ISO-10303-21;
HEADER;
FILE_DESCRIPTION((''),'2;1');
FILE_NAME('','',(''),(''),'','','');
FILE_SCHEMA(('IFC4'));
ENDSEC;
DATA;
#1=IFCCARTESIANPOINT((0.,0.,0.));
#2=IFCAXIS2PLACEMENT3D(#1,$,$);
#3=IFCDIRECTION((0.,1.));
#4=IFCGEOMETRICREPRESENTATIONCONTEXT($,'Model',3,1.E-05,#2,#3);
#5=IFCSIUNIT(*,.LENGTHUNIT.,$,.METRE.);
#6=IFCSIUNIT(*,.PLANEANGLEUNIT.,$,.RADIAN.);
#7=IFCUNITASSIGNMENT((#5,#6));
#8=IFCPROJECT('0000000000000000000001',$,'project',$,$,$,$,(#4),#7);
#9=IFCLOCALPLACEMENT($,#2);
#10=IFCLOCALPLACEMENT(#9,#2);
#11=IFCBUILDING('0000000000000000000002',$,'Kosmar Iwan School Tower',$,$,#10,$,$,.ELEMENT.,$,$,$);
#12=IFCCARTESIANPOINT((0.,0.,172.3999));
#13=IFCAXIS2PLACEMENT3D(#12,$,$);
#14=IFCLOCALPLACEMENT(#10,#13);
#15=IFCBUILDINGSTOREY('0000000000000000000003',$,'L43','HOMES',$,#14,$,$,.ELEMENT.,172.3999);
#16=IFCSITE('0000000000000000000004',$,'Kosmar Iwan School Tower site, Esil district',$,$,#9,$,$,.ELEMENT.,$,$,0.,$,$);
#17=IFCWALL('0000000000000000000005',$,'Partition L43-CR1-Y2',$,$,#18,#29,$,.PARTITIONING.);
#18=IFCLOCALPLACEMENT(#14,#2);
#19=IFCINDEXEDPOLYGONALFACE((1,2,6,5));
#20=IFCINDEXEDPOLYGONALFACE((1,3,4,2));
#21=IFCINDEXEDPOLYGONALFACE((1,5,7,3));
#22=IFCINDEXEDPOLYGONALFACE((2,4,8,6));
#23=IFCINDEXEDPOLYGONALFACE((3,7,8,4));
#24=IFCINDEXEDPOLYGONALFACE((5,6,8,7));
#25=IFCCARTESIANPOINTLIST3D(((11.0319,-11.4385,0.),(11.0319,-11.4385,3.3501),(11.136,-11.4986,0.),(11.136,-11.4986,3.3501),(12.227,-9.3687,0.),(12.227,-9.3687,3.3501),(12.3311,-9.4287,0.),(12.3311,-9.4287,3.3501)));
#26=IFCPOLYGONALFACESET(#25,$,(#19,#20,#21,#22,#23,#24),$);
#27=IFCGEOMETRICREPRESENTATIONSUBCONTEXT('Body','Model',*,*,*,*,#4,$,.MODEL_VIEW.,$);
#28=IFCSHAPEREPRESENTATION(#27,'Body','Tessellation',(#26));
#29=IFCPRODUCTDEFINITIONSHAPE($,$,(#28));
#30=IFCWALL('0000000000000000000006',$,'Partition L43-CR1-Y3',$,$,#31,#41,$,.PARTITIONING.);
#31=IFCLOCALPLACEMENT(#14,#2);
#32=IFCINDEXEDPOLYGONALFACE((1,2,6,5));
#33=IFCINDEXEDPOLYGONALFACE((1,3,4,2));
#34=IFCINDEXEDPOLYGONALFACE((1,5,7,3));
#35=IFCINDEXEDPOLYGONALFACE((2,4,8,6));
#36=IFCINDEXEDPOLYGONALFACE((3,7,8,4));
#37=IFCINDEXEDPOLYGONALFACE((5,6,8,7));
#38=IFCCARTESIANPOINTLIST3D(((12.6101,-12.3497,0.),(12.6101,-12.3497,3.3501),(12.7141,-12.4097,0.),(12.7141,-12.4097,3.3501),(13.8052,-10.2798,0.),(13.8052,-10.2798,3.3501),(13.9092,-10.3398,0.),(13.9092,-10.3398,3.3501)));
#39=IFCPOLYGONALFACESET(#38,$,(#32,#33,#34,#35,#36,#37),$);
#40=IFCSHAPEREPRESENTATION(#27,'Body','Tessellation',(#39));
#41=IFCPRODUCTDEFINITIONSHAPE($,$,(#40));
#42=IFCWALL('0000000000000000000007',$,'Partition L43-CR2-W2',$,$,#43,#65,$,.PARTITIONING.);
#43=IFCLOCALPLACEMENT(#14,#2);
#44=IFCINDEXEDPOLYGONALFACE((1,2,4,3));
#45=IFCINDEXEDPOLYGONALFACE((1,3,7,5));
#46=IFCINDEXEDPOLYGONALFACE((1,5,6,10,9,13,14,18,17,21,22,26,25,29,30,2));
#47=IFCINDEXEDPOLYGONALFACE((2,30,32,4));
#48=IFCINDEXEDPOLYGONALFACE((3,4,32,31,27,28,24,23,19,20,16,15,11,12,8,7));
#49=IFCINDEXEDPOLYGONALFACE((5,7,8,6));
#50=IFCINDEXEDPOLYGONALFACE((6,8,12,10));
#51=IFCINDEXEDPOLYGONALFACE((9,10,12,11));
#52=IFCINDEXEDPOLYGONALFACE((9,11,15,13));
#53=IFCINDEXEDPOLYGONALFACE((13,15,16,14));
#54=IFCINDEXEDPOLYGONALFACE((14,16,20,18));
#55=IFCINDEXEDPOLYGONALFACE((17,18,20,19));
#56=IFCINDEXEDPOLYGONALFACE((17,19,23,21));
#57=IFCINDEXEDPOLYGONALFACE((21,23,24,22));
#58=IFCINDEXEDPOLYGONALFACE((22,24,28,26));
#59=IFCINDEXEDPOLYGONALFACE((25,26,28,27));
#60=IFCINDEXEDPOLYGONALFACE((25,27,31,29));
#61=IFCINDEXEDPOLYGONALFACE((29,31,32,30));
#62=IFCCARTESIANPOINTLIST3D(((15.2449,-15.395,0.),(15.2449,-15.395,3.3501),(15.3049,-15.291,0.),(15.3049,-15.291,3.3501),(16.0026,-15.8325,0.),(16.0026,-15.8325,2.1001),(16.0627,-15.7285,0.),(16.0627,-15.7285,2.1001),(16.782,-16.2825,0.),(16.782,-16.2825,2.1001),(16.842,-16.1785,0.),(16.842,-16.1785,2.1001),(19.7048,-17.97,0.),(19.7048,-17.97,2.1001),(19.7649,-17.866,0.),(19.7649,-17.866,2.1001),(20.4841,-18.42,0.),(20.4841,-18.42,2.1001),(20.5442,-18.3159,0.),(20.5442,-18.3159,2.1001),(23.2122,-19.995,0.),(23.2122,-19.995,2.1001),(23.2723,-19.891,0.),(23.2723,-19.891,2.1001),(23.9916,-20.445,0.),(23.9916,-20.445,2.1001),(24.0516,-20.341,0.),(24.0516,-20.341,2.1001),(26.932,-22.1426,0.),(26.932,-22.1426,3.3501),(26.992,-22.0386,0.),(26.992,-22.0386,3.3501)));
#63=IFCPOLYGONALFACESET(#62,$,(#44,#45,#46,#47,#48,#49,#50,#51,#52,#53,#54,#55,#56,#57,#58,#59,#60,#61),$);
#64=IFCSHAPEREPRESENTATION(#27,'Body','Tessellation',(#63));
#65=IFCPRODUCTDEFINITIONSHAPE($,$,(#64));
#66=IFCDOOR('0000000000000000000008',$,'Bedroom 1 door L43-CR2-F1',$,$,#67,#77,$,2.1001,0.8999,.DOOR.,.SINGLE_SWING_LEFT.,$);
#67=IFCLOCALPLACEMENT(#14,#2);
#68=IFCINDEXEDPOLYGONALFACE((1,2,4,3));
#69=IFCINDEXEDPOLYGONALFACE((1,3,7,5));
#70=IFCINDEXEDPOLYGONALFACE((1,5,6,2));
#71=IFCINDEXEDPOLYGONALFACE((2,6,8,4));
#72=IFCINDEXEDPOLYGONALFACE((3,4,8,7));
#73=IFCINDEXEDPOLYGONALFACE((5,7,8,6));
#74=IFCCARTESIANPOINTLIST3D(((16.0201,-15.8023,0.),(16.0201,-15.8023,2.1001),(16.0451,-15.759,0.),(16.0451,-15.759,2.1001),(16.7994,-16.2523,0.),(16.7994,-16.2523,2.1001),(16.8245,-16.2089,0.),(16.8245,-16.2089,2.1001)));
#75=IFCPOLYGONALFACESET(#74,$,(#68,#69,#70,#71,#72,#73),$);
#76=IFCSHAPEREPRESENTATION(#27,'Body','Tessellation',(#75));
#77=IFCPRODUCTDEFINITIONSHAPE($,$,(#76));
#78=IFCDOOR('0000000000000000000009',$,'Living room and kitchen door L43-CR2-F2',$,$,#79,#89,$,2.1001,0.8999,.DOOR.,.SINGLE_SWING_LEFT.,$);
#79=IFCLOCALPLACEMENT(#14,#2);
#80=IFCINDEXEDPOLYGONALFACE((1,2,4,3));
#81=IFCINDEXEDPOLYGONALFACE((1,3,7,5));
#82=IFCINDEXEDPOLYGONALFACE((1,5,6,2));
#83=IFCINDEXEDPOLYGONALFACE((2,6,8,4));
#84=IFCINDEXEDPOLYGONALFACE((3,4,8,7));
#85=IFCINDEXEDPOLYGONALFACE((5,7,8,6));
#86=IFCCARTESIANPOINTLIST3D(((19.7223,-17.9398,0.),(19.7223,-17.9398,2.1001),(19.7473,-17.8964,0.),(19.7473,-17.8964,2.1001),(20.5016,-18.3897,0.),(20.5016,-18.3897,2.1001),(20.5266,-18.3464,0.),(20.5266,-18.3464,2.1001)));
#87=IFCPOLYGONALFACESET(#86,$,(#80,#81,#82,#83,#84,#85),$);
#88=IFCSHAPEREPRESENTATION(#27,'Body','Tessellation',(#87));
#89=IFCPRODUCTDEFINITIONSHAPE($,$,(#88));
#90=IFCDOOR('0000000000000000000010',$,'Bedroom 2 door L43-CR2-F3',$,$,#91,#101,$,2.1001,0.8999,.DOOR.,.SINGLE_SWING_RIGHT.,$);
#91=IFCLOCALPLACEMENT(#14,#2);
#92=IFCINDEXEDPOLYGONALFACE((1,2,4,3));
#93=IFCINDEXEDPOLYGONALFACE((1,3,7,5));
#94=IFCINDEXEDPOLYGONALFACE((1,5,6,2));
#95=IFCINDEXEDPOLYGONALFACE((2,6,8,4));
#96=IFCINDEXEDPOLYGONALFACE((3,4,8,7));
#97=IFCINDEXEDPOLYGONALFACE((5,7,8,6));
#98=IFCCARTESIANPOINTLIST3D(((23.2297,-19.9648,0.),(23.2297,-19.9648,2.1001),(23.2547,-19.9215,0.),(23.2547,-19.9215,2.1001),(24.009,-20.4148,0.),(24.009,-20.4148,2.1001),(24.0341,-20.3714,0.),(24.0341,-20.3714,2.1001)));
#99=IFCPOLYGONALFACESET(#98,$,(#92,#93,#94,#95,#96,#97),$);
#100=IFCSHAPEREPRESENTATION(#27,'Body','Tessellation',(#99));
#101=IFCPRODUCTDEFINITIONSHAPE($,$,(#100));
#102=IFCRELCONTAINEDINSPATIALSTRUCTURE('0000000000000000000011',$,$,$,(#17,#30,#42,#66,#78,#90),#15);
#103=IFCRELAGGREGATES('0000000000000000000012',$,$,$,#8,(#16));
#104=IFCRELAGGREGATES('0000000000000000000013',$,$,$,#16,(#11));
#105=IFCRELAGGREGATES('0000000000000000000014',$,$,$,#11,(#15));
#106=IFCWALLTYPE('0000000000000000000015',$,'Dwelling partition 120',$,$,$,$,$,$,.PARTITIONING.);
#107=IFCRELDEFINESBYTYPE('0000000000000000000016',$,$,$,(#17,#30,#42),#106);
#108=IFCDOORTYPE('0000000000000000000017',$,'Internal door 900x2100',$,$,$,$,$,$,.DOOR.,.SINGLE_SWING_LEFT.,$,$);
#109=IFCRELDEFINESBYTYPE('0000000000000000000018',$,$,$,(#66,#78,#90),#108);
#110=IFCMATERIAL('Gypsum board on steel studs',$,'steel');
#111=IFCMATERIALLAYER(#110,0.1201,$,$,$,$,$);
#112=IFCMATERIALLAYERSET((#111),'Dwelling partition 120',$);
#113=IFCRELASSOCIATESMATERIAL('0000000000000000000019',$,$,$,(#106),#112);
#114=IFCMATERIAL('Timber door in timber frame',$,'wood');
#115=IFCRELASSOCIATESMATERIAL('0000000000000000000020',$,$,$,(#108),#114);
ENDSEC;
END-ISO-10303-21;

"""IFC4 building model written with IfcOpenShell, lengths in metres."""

from ifc_helpers import new_model, si_unit, direction, frame, frame_2d, origin, place, context, subcontext, project, spatial, rectangle, extrude, material, layer, layer_set, type_object, element, fill, save


model = new_model("IFC4")

# Units and contexts
model_context = context("Model", 3, precision=1e-05, world=origin(), true_north=direction((0.0, 1.0)))
body_context = subcontext(model_context, "Body", "Model", "MODEL_VIEW")
ifc_project = project(units=[si_unit("LENGTHUNIT", "METRE"), si_unit("PLANEANGLEUNIT", "RADIAN")], contexts=[model_context])

# Site, building, storey
site_placement = place(None, origin())
site = spatial("IfcSite", under=ifc_project, at=site_placement, Name="Kosmar Iwan School Tower site, Esil district", CompositionType="ELEMENT", RefElevation=0.0)
building_placement = place(site_placement, origin())
building = spatial("IfcBuilding", under=site, at=building_placement, Name="Kosmar Iwan School Tower", CompositionType="ELEMENT")
storey_placement = place(building_placement, frame((0.0, 0.0, 172.3999)))
storey = spatial("IfcBuildingStorey", under=building, at=storey_placement, Name="L43", Description="HOMES", CompositionType="ELEMENT", Elevation=172.3999)

# Walls
ifc_material_1 = material(Name="Gypsum board on steel studs", Category="steel")
ifc_layer_1 = layer(ifc_material_1, 0.1201)
ifc_layer_set_1 = layer_set([ifc_layer_1], Name="Dwelling partition 120")
wall_type_1 = type_object("IfcWallType", Name="Dwelling partition 120", PredefinedType="PARTITIONING", material=ifc_layer_set_1)
for number, where, z_axis, x_axis, name in (
    (1, (12.2791, -9.3987, 0.0), (0.0, 0.0, 1.0), (-0.500017, -0.866015, 0.0), "Partition L43-CR1-Y2"),
    (2, (13.8572, -10.3098, 0.0), (0.0, 0.0, 1.0), (-0.500017, -0.866015, 0.0), "Partition L43-CR1-Y3"),
):
    element("IfcWall", number, at=place(storey_placement, frame(where, z_axis=z_axis, x_axis=x_axis)), inside=storey, type_object=wall_type_1, Name=name, PredefinedType="PARTITIONING", context=body_context, shape_type="SweptSolid", body=[
        extrude(rectangle(XDim=2.3901, YDim=0.1201, at=frame_2d((1.1951, 0.0))), origin(), (0.0, 0.0, 1.0), 3.3501),
    ])

# Wall, openings, doors
wall_1_placement = place(storey_placement, frame((15.2749, -15.343, 0.0), z_axis=(0.0, 0.0, 1.0), x_axis=(0.866024, -0.500003, 0.0)))
wall_1 = element("IfcWall", 3, at=wall_1_placement, inside=storey, type_object=wall_type_1, Name="Partition L43-CR2-W2", PredefinedType="PARTITIONING", context=body_context, shape_type="SweptSolid", body=[
    extrude(rectangle(XDim=13.4951, YDim=0.1201, at=frame_2d((6.7476, 0.0))), origin(), (0.0, 0.0, 1.0), 3.3501),
])
opening_1_placement = place(wall_1_placement, frame((0.875, 0.0, 0.0)))
opening_1 = element("IfcOpeningElement", 4, at=opening_1_placement, cuts=wall_1, PredefinedType="OPENING", context=body_context, shape_type="SweptSolid", body=[
    extrude(rectangle(XDim=0.8999, YDim=2.1001, at=frame_2d((0.45, 1.05))), frame((0.0, 0.072, 0.0), z_axis=(0.0, -1.0, 0.0), x_axis=(1.0, 0.0, 0.0)), (0.0, 0.0, 1.0), 0.144),
])
opening_2_placement = place(wall_1_placement, frame((5.1499, 0.0, 0.0)))
opening_2 = element("IfcOpeningElement", 5, at=opening_2_placement, cuts=wall_1, PredefinedType="OPENING", context=body_context, shape_type="SweptSolid", body=[
    extrude(rectangle(XDim=0.8999, YDim=2.1001, at=frame_2d((0.45, 1.05))), frame((0.0, 0.072, 0.0), z_axis=(0.0, -1.0, 0.0), x_axis=(1.0, 0.0, 0.0)), (0.0, 0.0, 1.0), 0.144),
])
opening_3_placement = place(wall_1_placement, frame((9.2, 0.0, 0.0)))
opening_3 = element("IfcOpeningElement", 6, at=opening_3_placement, cuts=wall_1, PredefinedType="OPENING", context=body_context, shape_type="SweptSolid", body=[
    extrude(rectangle(XDim=0.8999, YDim=2.1001, at=frame_2d((0.45, 1.05))), frame((0.0, 0.072, 0.0), z_axis=(0.0, -1.0, 0.0), x_axis=(1.0, 0.0, 0.0)), (0.0, 0.0, 1.0), 0.144),
])
ifc_material_2 = material(Name="Timber door in timber frame", Category="wood")
door_type_1 = type_object("IfcDoorType", Name="Internal door 900x2100", OperationType="SINGLE_SWING_LEFT", PredefinedType="DOOR", material=ifc_material_2)
door_1_placement = place(opening_1_placement, origin())
door_1 = element("IfcDoor", 7, at=door_1_placement, inside=storey, type_object=door_type_1, Name="Bedroom 1 door L43-CR2-F1", OperationType="SINGLE_SWING_LEFT", OverallHeight=2.1001, OverallWidth=0.8999, PredefinedType="DOOR", context=body_context, shape_type="SweptSolid", body=[
    extrude(rectangle(XDim=0.8999, YDim=2.1001, at=frame_2d((0.45, 1.05))), frame((0.0, 0.0249, 0.0), z_axis=(0.0, -1.0, 0.0), x_axis=(1.0, 0.0, 0.0)), (0.0, 0.0, 1.0), 0.05),
])
fill(opening_1, door_1)
door_2_placement = place(opening_2_placement, origin())
door_2 = element("IfcDoor", 8, at=door_2_placement, inside=storey, type_object=door_type_1, Name="Living room and kitchen door L43-CR2-F2", OperationType="SINGLE_SWING_LEFT", OverallHeight=2.1001, OverallWidth=0.8999, PredefinedType="DOOR", context=body_context, shape_type="SweptSolid", body=[
    extrude(rectangle(XDim=0.8999, YDim=2.1001, at=frame_2d((0.45, 1.05))), frame((0.0, 0.0249, 0.0), z_axis=(0.0, -1.0, 0.0), x_axis=(1.0, 0.0, 0.0)), (0.0, 0.0, 1.0), 0.05),
])
fill(opening_2, door_2)
door_3_placement = place(opening_3_placement, origin())
door_3 = element("IfcDoor", 9, at=door_3_placement, inside=storey, type_object=door_type_1, Name="Bedroom 2 door L43-CR2-F3", OperationType="SINGLE_SWING_RIGHT", OverallHeight=2.1001, OverallWidth=0.8999, PredefinedType="DOOR", context=body_context, shape_type="SweptSolid", body=[
    extrude(rectangle(XDim=0.8999, YDim=2.1001, at=frame_2d((0.45, 1.05))), frame((0.0, 0.0249, 0.0), z_axis=(0.0, -1.0, 0.0), x_axis=(1.0, 0.0, 0.0)), (0.0, 0.0, 1.0), 0.05),
])
fill(opening_3, door_3)

save(model, "model.ifc")
